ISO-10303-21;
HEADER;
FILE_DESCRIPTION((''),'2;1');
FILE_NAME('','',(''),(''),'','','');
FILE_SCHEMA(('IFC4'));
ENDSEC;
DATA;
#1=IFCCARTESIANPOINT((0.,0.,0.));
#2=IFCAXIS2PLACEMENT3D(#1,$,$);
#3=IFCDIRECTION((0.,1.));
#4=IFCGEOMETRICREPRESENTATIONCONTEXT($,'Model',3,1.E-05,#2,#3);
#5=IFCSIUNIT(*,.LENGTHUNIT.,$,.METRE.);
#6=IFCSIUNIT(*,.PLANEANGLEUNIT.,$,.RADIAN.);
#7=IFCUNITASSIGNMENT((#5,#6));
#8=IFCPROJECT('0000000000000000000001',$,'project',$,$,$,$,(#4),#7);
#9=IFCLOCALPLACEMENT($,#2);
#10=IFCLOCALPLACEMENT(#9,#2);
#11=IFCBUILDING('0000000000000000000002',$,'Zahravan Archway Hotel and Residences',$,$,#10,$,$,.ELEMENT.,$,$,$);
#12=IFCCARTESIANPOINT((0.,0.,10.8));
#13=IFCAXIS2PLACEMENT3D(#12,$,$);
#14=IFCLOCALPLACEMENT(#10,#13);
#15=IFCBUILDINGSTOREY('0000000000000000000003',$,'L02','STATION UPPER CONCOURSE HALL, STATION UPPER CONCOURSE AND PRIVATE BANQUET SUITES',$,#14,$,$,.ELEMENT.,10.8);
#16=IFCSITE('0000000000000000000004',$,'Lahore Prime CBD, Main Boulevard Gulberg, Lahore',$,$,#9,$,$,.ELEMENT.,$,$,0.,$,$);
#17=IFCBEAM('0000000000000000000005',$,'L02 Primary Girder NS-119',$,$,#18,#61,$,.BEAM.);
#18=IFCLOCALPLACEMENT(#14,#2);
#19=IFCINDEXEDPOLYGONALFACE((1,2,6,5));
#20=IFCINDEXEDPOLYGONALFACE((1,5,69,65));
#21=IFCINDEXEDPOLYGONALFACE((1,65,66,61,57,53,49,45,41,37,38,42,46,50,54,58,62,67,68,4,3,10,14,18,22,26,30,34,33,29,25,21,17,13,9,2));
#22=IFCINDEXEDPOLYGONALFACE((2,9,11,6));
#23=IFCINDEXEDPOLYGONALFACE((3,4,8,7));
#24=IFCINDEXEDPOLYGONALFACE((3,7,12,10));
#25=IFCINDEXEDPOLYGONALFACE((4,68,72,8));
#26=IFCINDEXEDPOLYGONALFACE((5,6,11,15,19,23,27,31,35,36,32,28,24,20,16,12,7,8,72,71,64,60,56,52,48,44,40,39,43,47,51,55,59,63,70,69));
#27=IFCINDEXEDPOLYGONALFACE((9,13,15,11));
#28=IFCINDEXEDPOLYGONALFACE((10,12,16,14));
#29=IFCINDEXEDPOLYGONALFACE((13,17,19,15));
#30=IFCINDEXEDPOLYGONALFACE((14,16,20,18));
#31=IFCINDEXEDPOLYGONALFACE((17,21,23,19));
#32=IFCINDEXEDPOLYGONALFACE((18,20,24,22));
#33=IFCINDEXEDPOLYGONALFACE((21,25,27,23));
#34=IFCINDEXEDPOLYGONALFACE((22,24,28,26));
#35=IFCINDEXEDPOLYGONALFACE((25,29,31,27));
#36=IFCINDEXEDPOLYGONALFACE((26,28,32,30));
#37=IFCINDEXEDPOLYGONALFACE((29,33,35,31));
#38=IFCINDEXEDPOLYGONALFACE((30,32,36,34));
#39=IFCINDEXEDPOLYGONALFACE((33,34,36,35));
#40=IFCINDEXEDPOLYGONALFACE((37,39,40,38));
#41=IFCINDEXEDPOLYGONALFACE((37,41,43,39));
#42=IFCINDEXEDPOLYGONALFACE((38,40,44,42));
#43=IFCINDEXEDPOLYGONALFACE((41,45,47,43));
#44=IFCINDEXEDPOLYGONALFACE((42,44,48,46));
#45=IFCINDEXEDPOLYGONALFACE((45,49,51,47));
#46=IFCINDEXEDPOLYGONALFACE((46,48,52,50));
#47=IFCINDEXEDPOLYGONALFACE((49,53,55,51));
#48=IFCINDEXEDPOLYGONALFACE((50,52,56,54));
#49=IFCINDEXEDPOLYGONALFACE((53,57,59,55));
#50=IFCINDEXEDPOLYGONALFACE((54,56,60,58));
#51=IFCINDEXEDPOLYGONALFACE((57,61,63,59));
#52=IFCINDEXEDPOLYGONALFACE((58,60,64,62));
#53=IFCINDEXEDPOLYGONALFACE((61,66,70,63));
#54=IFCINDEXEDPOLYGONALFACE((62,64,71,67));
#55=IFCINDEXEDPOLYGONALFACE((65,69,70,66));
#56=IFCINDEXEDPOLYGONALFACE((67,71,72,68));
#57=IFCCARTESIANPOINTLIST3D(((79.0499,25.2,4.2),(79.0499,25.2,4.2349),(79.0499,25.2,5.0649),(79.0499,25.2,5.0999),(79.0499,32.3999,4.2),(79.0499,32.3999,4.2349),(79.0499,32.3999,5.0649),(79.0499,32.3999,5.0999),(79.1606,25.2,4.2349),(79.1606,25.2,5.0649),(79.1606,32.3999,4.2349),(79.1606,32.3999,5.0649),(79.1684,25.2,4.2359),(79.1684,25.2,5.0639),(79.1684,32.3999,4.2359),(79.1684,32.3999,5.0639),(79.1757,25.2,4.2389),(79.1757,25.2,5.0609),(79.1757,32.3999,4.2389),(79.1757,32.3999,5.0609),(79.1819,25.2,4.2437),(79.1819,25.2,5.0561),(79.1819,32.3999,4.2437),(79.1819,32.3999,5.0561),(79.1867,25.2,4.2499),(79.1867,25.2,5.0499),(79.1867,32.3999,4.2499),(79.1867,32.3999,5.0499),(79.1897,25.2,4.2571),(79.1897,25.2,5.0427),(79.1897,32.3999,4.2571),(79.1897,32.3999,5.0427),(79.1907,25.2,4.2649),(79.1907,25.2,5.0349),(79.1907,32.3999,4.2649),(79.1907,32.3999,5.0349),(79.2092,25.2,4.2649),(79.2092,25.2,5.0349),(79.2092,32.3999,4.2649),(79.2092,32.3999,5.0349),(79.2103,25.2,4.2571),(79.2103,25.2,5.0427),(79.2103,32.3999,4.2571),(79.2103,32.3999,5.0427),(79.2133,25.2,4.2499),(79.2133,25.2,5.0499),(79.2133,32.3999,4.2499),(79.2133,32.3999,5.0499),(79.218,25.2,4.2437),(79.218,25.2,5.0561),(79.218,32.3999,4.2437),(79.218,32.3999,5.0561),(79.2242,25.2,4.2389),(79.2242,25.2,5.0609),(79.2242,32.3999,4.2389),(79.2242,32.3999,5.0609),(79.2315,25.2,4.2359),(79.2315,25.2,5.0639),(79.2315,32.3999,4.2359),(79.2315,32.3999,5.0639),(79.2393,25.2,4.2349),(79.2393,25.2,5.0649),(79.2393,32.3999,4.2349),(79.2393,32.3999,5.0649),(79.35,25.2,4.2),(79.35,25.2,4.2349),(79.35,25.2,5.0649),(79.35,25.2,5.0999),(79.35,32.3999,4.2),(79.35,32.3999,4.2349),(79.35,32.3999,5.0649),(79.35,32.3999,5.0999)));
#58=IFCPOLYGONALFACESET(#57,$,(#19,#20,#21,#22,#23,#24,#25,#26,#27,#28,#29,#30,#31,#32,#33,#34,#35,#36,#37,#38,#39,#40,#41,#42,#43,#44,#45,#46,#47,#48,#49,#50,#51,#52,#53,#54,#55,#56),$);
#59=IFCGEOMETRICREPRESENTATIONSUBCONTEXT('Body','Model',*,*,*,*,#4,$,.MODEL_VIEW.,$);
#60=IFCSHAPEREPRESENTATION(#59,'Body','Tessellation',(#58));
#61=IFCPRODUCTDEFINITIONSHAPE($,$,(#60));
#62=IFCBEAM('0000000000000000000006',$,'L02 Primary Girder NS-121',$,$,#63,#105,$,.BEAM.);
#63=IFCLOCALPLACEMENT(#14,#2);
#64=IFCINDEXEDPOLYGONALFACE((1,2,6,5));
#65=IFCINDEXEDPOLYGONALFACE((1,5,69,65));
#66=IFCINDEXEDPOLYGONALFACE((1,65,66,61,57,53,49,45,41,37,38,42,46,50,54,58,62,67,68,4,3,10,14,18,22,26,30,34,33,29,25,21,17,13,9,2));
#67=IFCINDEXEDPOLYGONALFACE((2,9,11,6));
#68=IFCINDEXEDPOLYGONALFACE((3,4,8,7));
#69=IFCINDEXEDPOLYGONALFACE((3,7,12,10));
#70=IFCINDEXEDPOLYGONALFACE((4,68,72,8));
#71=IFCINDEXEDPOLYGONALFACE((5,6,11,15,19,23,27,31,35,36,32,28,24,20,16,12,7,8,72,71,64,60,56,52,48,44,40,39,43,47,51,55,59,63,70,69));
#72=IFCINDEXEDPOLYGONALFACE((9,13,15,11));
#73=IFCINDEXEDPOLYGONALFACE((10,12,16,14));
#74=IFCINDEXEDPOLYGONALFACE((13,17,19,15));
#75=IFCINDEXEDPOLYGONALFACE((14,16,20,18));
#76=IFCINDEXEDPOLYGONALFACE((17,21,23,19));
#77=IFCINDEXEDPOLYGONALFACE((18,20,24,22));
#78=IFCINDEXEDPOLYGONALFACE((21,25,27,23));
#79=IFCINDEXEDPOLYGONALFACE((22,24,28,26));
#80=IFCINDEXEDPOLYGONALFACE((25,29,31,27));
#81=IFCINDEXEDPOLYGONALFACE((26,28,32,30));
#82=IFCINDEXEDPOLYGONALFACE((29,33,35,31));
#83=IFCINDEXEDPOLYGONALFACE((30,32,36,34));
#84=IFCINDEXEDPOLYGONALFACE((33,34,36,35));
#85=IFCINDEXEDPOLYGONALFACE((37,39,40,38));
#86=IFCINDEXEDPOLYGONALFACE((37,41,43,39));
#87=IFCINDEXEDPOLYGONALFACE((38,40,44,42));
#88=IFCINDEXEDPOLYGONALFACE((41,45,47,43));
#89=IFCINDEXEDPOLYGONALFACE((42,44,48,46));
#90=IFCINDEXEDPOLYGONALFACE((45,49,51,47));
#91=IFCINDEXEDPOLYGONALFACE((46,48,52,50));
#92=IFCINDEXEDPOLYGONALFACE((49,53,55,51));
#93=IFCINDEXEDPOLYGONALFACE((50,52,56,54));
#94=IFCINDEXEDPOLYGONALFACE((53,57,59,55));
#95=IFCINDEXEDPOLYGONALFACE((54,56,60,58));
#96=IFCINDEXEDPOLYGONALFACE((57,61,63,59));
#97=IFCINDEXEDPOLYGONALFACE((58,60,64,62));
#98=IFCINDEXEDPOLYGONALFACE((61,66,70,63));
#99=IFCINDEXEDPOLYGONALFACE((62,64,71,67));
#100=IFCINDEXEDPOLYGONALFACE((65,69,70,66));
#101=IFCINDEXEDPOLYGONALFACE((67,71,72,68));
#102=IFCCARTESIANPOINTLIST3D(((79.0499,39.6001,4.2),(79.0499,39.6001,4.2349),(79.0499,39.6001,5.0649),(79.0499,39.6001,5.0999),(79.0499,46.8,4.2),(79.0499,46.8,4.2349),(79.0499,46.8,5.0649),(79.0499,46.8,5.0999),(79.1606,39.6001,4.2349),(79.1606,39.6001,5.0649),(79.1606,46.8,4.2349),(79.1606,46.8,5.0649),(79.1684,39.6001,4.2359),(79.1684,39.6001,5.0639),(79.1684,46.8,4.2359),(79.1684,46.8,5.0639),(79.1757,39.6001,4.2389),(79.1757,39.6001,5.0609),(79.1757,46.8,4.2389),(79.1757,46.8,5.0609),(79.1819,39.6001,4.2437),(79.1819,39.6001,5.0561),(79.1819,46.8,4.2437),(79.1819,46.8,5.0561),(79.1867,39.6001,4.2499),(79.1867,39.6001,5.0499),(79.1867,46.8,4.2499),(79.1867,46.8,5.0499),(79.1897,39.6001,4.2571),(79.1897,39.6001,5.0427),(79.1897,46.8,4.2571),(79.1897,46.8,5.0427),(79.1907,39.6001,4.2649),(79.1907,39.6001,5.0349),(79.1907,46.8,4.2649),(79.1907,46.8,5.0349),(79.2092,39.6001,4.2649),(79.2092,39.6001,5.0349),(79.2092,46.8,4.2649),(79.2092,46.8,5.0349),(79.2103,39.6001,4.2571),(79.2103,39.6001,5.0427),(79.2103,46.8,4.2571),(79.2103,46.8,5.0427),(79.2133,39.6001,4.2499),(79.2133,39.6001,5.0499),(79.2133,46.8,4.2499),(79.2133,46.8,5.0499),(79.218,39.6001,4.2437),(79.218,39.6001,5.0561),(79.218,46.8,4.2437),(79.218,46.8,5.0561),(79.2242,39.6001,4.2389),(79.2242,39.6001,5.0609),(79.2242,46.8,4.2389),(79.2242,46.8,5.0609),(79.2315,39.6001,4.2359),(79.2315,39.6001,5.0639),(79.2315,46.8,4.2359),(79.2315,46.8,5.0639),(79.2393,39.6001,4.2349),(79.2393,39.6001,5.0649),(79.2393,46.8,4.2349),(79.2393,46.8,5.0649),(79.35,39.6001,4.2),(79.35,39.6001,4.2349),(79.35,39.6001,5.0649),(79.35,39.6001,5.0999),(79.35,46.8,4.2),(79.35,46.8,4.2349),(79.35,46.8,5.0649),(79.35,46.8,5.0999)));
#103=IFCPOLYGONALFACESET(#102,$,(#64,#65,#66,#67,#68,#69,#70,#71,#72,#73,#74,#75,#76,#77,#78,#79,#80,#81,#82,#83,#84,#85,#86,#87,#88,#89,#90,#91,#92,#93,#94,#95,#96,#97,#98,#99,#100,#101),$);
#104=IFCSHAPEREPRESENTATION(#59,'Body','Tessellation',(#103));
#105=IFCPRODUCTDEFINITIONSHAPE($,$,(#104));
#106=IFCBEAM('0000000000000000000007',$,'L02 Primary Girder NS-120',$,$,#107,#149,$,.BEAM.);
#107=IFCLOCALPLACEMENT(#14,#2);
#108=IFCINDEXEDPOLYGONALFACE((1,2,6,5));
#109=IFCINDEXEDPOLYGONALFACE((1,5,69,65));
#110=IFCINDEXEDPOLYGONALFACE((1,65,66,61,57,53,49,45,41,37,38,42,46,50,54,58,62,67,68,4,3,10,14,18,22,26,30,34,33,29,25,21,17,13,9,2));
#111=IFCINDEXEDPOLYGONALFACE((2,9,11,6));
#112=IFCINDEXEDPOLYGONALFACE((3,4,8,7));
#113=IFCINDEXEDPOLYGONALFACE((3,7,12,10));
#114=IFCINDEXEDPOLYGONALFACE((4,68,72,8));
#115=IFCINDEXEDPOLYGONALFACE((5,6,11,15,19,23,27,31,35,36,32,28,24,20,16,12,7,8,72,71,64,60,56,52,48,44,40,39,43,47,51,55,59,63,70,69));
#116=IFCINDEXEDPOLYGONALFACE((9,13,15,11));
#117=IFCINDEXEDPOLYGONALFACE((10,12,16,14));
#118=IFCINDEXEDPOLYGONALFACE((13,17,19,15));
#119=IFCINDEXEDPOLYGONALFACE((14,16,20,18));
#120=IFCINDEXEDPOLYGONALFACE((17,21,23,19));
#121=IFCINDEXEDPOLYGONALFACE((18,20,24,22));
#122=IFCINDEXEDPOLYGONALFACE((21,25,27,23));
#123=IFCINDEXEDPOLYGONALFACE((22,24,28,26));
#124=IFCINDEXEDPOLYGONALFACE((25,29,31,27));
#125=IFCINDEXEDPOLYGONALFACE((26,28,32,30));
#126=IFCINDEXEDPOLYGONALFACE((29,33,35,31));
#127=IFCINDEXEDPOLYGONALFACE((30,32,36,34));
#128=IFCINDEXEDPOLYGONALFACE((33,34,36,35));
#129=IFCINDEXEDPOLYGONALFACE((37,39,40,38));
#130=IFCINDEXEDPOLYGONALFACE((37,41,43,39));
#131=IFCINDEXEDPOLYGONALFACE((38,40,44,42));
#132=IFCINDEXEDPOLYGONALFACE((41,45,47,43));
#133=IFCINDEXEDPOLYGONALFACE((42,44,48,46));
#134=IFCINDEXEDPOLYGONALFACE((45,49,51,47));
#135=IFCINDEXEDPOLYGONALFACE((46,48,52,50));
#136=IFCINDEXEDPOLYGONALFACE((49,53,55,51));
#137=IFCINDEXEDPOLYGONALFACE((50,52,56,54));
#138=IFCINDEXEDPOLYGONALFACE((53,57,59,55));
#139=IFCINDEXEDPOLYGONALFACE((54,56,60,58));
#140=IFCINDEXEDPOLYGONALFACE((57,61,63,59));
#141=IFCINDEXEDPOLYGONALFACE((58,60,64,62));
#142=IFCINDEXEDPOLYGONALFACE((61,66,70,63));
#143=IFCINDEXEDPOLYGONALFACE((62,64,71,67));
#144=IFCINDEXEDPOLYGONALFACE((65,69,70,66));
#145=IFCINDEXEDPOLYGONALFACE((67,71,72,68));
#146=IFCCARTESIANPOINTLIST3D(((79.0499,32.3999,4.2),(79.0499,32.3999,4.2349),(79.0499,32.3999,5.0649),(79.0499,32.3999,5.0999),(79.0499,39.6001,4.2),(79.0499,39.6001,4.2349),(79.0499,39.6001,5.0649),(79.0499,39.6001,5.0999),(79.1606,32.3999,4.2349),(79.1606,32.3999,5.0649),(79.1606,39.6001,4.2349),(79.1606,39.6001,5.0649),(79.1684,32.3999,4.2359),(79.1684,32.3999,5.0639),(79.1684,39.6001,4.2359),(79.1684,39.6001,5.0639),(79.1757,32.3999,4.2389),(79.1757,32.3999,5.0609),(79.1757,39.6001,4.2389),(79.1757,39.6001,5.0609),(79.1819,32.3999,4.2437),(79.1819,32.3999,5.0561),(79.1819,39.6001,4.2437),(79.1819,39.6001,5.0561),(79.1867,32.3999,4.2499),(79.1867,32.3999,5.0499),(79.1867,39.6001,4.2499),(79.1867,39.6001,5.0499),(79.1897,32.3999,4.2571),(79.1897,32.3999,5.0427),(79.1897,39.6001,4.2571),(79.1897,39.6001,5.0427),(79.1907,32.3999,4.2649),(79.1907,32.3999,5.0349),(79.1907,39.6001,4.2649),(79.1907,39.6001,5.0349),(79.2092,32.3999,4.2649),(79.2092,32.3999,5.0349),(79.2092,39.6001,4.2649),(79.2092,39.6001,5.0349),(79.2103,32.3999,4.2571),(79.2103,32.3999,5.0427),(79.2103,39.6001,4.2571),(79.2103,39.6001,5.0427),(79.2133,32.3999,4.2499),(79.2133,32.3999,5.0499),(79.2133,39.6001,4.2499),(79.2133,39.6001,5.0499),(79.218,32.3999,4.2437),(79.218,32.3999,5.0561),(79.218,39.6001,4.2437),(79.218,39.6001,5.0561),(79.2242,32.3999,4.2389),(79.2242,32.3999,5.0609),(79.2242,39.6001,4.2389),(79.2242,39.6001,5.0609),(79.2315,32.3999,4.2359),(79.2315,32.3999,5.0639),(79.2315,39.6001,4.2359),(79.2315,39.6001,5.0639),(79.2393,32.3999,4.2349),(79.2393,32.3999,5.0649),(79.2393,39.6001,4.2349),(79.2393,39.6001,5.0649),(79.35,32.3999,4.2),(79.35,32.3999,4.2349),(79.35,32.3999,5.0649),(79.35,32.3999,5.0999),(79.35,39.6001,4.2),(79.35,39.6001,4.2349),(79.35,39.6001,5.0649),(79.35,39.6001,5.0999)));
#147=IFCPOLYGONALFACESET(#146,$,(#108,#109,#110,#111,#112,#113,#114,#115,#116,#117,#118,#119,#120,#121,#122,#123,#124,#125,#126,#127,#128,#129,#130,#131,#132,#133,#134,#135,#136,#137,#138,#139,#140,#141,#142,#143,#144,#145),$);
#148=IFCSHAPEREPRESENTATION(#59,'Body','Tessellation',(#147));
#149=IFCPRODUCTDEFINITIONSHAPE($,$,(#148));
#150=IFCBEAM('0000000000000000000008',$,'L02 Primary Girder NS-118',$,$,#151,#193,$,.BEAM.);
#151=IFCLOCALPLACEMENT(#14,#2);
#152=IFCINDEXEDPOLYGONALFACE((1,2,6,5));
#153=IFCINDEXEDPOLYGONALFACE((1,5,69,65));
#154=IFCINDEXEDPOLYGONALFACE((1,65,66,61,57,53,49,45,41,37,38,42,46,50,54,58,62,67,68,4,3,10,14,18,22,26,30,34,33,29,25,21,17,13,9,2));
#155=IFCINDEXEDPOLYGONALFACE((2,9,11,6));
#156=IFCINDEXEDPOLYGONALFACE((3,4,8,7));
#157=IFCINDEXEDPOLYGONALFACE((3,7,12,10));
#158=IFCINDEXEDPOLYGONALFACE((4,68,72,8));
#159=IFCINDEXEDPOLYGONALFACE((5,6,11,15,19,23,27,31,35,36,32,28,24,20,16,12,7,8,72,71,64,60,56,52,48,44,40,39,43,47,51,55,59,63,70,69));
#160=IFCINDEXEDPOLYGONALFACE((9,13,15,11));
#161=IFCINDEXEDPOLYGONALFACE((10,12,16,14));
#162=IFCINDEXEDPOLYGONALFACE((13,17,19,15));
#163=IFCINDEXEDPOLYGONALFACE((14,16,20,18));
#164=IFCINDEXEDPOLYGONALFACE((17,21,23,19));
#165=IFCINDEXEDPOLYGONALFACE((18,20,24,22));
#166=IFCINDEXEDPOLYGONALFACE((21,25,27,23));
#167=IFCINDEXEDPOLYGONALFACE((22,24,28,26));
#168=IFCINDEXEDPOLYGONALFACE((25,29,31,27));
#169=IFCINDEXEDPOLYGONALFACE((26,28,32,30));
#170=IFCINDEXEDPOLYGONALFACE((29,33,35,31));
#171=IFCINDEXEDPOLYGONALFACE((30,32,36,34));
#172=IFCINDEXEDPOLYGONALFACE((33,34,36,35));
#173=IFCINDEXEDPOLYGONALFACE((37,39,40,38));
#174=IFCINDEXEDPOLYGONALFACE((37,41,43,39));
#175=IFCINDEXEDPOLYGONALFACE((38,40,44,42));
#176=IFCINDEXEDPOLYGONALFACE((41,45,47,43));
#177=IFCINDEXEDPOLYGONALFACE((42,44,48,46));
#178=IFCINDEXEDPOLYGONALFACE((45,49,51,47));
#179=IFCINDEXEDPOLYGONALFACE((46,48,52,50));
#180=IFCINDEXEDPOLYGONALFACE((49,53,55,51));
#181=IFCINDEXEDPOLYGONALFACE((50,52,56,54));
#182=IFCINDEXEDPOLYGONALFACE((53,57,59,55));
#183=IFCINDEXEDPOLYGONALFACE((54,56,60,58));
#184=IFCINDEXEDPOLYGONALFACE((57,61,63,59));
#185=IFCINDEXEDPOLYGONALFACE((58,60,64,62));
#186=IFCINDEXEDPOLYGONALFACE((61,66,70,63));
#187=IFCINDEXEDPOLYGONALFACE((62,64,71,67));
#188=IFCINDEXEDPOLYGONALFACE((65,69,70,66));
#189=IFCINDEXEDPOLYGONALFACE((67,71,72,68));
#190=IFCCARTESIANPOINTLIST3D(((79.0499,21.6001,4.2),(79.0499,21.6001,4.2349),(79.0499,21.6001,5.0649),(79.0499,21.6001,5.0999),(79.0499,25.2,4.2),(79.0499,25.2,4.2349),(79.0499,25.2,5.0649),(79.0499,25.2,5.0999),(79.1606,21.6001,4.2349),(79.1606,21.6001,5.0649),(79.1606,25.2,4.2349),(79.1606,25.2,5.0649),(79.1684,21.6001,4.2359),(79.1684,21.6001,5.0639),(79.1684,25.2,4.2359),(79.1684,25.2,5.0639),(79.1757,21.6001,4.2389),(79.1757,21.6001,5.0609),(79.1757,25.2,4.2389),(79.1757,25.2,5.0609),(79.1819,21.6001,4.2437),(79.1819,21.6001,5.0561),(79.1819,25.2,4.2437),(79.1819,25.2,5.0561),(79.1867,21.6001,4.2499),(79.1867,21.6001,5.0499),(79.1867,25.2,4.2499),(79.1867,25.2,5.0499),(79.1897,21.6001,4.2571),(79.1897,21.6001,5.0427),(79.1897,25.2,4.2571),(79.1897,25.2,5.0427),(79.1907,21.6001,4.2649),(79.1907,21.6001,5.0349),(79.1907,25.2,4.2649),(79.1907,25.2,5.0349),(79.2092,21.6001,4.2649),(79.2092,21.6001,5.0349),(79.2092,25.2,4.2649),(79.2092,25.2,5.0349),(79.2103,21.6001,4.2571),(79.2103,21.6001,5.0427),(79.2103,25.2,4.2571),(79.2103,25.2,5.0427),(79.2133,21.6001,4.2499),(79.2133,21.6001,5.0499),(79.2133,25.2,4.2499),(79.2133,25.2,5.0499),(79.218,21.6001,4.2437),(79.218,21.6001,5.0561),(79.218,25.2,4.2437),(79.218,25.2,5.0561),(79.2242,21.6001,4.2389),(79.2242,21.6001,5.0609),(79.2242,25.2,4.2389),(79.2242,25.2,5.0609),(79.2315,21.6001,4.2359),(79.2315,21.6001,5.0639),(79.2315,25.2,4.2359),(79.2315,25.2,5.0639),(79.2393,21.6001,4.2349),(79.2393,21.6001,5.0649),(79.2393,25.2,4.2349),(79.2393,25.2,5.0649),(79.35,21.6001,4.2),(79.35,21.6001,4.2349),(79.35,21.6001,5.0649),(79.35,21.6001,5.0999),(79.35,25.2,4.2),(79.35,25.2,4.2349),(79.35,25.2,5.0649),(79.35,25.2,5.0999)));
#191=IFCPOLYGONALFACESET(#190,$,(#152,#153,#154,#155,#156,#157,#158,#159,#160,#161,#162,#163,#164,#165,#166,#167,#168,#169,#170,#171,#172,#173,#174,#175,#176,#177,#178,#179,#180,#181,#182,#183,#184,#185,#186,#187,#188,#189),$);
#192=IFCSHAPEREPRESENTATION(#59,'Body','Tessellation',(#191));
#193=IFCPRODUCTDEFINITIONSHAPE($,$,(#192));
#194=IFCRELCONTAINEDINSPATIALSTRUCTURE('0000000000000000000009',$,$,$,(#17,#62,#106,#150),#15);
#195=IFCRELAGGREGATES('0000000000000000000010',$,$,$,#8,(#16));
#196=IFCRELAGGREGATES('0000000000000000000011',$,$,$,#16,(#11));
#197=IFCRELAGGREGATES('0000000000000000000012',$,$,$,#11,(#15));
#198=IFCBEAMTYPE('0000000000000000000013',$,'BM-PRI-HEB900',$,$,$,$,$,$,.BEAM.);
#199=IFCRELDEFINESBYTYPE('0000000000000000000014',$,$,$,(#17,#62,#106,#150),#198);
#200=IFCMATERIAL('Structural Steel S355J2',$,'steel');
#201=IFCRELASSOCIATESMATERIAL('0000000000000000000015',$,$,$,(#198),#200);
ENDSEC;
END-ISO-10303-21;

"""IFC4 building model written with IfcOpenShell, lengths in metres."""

from ifc_helpers import new_model, si_unit, direction, frame, origin, origin_2d, place, context, subcontext, project, spatial, i_section, extrude, source, transform, mapped, material, material_profile, profile_set, type_object, element, save


model = new_model("IFC4")

# Units and contexts
model_context = context("Model", 3, precision=1e-05, world=origin(), true_north=direction((0.0, 1.0)))
body_context = subcontext(model_context, "Body", "Model", "MODEL_VIEW")
ifc_project = project(units=[si_unit("LENGTHUNIT", "METRE"), si_unit("PLANEANGLEUNIT", "RADIAN")], contexts=[model_context])

# Site, building, storey
site_placement = place(None, origin())
site = spatial("IfcSite", under=ifc_project, at=site_placement, Name="Lahore Prime CBD, Main Boulevard Gulberg, Lahore", CompositionType="ELEMENT", RefElevation=0.0)
building_placement = place(site_placement, origin())
building = spatial("IfcBuilding", under=site, at=building_placement, Name="Zahravan Archway Hotel and Residences", CompositionType="ELEMENT")
storey_placement = place(building_placement, frame((0.0, 0.0, 10.8)))
storey = spatial("IfcBuildingStorey", under=building, at=storey_placement, Name="L02", Description="STATION UPPER CONCOURSE HALL, STATION UPPER CONCOURSE AND PRIVATE BANQUET SUITES", CompositionType="ELEMENT", Elevation=10.8)

# Beams
ifc_material_1 = material(Name="Structural Steel S355J2", Category="steel")
ifc_material_profile_1 = material_profile(ifc_material_1, i_section(OverallWidth=0.3, OverallDepth=0.8999, WebThickness=0.0186, FlangeThickness=0.0349, FilletRadius=0.03, at=origin_2d()), Name="HEB 900", Category="steel")
ifc_profile_set_1 = profile_set([ifc_material_profile_1], Name="Structural Steel S355J2")
beam_type_1 = type_object("IfcBeamType", Name="BM-PRI-HEB900", PredefinedType="BEAM", material=ifc_profile_set_1)
shared_shape_1 = source(origin(), body_context, "Body", "SweptSolid", [
    extrude(i_section(OverallWidth=0.3, OverallDepth=0.8999, WebThickness=0.0186, FlangeThickness=0.0349, FilletRadius=0.03, at=origin_2d()), origin(), (0.0, 0.0, 1.0), 7.2),
])
for number, where, z_axis, x_axis, name in (
    (1, (79.2, 25.2, 4.6499), (0.0, 1.0, 0.0), (-1.0, 0.0, 0.0), "L02 Primary Girder NS-119"),
    (2, (79.2, 39.6001, 4.6499), (0.0, 1.0, 0.0), (-1.0, 0.0, 0.0), "L02 Primary Girder NS-121"),
):
    element("IfcBeam", number, at=place(storey_placement, frame(where, z_axis=z_axis, x_axis=x_axis)), inside=storey, type_object=beam_type_1, Name=name, PredefinedType="BEAM", context=body_context, shape_type="MappedRepresentation", body=[
        mapped(shared_shape_1, transform((0.0, 0.0, 0.0), scale=1.0)),
    ])
shared_shape_2 = source(origin(), body_context, "Body", "SweptSolid", [
    extrude(i_section(OverallWidth=0.3, OverallDepth=0.8999, WebThickness=0.0186, FlangeThickness=0.0349, FilletRadius=0.03, at=origin_2d()), origin(), (0.0, 0.0, 1.0), 7.2002),
])
beam_1_placement = place(storey_placement, frame((79.2, 32.3999, 4.6499), z_axis=(0.0, 1.0, 0.0), x_axis=(-1.0, 0.0, 0.0)))
element("IfcBeam", 3, at=beam_1_placement, inside=storey, type_object=beam_type_1, Name="L02 Primary Girder NS-120", PredefinedType="BEAM", context=body_context, shape_type="MappedRepresentation", body=[
    mapped(shared_shape_2, transform((0.0, 0.0, 0.0), scale=1.0)),
])
shared_shape_3 = source(origin(), body_context, "Body", "SweptSolid", [
    extrude(i_section(OverallWidth=0.3, OverallDepth=0.8999, WebThickness=0.0186, FlangeThickness=0.0349, FilletRadius=0.03, at=origin_2d()), origin(), (0.0, 0.0, 1.0), 3.5999),
])
beam_2_placement = place(storey_placement, frame((79.2, 21.6001, 4.6499), z_axis=(0.0, 1.0, 0.0), x_axis=(-1.0, 0.0, 0.0)))
element("IfcBeam", 4, at=beam_2_placement, inside=storey, type_object=beam_type_1, Name="L02 Primary Girder NS-118", PredefinedType="BEAM", context=body_context, shape_type="MappedRepresentation", body=[
    mapped(shared_shape_3, transform((0.0, 0.0, 0.0), scale=1.0)),
])

save(model, "model.ifc")
